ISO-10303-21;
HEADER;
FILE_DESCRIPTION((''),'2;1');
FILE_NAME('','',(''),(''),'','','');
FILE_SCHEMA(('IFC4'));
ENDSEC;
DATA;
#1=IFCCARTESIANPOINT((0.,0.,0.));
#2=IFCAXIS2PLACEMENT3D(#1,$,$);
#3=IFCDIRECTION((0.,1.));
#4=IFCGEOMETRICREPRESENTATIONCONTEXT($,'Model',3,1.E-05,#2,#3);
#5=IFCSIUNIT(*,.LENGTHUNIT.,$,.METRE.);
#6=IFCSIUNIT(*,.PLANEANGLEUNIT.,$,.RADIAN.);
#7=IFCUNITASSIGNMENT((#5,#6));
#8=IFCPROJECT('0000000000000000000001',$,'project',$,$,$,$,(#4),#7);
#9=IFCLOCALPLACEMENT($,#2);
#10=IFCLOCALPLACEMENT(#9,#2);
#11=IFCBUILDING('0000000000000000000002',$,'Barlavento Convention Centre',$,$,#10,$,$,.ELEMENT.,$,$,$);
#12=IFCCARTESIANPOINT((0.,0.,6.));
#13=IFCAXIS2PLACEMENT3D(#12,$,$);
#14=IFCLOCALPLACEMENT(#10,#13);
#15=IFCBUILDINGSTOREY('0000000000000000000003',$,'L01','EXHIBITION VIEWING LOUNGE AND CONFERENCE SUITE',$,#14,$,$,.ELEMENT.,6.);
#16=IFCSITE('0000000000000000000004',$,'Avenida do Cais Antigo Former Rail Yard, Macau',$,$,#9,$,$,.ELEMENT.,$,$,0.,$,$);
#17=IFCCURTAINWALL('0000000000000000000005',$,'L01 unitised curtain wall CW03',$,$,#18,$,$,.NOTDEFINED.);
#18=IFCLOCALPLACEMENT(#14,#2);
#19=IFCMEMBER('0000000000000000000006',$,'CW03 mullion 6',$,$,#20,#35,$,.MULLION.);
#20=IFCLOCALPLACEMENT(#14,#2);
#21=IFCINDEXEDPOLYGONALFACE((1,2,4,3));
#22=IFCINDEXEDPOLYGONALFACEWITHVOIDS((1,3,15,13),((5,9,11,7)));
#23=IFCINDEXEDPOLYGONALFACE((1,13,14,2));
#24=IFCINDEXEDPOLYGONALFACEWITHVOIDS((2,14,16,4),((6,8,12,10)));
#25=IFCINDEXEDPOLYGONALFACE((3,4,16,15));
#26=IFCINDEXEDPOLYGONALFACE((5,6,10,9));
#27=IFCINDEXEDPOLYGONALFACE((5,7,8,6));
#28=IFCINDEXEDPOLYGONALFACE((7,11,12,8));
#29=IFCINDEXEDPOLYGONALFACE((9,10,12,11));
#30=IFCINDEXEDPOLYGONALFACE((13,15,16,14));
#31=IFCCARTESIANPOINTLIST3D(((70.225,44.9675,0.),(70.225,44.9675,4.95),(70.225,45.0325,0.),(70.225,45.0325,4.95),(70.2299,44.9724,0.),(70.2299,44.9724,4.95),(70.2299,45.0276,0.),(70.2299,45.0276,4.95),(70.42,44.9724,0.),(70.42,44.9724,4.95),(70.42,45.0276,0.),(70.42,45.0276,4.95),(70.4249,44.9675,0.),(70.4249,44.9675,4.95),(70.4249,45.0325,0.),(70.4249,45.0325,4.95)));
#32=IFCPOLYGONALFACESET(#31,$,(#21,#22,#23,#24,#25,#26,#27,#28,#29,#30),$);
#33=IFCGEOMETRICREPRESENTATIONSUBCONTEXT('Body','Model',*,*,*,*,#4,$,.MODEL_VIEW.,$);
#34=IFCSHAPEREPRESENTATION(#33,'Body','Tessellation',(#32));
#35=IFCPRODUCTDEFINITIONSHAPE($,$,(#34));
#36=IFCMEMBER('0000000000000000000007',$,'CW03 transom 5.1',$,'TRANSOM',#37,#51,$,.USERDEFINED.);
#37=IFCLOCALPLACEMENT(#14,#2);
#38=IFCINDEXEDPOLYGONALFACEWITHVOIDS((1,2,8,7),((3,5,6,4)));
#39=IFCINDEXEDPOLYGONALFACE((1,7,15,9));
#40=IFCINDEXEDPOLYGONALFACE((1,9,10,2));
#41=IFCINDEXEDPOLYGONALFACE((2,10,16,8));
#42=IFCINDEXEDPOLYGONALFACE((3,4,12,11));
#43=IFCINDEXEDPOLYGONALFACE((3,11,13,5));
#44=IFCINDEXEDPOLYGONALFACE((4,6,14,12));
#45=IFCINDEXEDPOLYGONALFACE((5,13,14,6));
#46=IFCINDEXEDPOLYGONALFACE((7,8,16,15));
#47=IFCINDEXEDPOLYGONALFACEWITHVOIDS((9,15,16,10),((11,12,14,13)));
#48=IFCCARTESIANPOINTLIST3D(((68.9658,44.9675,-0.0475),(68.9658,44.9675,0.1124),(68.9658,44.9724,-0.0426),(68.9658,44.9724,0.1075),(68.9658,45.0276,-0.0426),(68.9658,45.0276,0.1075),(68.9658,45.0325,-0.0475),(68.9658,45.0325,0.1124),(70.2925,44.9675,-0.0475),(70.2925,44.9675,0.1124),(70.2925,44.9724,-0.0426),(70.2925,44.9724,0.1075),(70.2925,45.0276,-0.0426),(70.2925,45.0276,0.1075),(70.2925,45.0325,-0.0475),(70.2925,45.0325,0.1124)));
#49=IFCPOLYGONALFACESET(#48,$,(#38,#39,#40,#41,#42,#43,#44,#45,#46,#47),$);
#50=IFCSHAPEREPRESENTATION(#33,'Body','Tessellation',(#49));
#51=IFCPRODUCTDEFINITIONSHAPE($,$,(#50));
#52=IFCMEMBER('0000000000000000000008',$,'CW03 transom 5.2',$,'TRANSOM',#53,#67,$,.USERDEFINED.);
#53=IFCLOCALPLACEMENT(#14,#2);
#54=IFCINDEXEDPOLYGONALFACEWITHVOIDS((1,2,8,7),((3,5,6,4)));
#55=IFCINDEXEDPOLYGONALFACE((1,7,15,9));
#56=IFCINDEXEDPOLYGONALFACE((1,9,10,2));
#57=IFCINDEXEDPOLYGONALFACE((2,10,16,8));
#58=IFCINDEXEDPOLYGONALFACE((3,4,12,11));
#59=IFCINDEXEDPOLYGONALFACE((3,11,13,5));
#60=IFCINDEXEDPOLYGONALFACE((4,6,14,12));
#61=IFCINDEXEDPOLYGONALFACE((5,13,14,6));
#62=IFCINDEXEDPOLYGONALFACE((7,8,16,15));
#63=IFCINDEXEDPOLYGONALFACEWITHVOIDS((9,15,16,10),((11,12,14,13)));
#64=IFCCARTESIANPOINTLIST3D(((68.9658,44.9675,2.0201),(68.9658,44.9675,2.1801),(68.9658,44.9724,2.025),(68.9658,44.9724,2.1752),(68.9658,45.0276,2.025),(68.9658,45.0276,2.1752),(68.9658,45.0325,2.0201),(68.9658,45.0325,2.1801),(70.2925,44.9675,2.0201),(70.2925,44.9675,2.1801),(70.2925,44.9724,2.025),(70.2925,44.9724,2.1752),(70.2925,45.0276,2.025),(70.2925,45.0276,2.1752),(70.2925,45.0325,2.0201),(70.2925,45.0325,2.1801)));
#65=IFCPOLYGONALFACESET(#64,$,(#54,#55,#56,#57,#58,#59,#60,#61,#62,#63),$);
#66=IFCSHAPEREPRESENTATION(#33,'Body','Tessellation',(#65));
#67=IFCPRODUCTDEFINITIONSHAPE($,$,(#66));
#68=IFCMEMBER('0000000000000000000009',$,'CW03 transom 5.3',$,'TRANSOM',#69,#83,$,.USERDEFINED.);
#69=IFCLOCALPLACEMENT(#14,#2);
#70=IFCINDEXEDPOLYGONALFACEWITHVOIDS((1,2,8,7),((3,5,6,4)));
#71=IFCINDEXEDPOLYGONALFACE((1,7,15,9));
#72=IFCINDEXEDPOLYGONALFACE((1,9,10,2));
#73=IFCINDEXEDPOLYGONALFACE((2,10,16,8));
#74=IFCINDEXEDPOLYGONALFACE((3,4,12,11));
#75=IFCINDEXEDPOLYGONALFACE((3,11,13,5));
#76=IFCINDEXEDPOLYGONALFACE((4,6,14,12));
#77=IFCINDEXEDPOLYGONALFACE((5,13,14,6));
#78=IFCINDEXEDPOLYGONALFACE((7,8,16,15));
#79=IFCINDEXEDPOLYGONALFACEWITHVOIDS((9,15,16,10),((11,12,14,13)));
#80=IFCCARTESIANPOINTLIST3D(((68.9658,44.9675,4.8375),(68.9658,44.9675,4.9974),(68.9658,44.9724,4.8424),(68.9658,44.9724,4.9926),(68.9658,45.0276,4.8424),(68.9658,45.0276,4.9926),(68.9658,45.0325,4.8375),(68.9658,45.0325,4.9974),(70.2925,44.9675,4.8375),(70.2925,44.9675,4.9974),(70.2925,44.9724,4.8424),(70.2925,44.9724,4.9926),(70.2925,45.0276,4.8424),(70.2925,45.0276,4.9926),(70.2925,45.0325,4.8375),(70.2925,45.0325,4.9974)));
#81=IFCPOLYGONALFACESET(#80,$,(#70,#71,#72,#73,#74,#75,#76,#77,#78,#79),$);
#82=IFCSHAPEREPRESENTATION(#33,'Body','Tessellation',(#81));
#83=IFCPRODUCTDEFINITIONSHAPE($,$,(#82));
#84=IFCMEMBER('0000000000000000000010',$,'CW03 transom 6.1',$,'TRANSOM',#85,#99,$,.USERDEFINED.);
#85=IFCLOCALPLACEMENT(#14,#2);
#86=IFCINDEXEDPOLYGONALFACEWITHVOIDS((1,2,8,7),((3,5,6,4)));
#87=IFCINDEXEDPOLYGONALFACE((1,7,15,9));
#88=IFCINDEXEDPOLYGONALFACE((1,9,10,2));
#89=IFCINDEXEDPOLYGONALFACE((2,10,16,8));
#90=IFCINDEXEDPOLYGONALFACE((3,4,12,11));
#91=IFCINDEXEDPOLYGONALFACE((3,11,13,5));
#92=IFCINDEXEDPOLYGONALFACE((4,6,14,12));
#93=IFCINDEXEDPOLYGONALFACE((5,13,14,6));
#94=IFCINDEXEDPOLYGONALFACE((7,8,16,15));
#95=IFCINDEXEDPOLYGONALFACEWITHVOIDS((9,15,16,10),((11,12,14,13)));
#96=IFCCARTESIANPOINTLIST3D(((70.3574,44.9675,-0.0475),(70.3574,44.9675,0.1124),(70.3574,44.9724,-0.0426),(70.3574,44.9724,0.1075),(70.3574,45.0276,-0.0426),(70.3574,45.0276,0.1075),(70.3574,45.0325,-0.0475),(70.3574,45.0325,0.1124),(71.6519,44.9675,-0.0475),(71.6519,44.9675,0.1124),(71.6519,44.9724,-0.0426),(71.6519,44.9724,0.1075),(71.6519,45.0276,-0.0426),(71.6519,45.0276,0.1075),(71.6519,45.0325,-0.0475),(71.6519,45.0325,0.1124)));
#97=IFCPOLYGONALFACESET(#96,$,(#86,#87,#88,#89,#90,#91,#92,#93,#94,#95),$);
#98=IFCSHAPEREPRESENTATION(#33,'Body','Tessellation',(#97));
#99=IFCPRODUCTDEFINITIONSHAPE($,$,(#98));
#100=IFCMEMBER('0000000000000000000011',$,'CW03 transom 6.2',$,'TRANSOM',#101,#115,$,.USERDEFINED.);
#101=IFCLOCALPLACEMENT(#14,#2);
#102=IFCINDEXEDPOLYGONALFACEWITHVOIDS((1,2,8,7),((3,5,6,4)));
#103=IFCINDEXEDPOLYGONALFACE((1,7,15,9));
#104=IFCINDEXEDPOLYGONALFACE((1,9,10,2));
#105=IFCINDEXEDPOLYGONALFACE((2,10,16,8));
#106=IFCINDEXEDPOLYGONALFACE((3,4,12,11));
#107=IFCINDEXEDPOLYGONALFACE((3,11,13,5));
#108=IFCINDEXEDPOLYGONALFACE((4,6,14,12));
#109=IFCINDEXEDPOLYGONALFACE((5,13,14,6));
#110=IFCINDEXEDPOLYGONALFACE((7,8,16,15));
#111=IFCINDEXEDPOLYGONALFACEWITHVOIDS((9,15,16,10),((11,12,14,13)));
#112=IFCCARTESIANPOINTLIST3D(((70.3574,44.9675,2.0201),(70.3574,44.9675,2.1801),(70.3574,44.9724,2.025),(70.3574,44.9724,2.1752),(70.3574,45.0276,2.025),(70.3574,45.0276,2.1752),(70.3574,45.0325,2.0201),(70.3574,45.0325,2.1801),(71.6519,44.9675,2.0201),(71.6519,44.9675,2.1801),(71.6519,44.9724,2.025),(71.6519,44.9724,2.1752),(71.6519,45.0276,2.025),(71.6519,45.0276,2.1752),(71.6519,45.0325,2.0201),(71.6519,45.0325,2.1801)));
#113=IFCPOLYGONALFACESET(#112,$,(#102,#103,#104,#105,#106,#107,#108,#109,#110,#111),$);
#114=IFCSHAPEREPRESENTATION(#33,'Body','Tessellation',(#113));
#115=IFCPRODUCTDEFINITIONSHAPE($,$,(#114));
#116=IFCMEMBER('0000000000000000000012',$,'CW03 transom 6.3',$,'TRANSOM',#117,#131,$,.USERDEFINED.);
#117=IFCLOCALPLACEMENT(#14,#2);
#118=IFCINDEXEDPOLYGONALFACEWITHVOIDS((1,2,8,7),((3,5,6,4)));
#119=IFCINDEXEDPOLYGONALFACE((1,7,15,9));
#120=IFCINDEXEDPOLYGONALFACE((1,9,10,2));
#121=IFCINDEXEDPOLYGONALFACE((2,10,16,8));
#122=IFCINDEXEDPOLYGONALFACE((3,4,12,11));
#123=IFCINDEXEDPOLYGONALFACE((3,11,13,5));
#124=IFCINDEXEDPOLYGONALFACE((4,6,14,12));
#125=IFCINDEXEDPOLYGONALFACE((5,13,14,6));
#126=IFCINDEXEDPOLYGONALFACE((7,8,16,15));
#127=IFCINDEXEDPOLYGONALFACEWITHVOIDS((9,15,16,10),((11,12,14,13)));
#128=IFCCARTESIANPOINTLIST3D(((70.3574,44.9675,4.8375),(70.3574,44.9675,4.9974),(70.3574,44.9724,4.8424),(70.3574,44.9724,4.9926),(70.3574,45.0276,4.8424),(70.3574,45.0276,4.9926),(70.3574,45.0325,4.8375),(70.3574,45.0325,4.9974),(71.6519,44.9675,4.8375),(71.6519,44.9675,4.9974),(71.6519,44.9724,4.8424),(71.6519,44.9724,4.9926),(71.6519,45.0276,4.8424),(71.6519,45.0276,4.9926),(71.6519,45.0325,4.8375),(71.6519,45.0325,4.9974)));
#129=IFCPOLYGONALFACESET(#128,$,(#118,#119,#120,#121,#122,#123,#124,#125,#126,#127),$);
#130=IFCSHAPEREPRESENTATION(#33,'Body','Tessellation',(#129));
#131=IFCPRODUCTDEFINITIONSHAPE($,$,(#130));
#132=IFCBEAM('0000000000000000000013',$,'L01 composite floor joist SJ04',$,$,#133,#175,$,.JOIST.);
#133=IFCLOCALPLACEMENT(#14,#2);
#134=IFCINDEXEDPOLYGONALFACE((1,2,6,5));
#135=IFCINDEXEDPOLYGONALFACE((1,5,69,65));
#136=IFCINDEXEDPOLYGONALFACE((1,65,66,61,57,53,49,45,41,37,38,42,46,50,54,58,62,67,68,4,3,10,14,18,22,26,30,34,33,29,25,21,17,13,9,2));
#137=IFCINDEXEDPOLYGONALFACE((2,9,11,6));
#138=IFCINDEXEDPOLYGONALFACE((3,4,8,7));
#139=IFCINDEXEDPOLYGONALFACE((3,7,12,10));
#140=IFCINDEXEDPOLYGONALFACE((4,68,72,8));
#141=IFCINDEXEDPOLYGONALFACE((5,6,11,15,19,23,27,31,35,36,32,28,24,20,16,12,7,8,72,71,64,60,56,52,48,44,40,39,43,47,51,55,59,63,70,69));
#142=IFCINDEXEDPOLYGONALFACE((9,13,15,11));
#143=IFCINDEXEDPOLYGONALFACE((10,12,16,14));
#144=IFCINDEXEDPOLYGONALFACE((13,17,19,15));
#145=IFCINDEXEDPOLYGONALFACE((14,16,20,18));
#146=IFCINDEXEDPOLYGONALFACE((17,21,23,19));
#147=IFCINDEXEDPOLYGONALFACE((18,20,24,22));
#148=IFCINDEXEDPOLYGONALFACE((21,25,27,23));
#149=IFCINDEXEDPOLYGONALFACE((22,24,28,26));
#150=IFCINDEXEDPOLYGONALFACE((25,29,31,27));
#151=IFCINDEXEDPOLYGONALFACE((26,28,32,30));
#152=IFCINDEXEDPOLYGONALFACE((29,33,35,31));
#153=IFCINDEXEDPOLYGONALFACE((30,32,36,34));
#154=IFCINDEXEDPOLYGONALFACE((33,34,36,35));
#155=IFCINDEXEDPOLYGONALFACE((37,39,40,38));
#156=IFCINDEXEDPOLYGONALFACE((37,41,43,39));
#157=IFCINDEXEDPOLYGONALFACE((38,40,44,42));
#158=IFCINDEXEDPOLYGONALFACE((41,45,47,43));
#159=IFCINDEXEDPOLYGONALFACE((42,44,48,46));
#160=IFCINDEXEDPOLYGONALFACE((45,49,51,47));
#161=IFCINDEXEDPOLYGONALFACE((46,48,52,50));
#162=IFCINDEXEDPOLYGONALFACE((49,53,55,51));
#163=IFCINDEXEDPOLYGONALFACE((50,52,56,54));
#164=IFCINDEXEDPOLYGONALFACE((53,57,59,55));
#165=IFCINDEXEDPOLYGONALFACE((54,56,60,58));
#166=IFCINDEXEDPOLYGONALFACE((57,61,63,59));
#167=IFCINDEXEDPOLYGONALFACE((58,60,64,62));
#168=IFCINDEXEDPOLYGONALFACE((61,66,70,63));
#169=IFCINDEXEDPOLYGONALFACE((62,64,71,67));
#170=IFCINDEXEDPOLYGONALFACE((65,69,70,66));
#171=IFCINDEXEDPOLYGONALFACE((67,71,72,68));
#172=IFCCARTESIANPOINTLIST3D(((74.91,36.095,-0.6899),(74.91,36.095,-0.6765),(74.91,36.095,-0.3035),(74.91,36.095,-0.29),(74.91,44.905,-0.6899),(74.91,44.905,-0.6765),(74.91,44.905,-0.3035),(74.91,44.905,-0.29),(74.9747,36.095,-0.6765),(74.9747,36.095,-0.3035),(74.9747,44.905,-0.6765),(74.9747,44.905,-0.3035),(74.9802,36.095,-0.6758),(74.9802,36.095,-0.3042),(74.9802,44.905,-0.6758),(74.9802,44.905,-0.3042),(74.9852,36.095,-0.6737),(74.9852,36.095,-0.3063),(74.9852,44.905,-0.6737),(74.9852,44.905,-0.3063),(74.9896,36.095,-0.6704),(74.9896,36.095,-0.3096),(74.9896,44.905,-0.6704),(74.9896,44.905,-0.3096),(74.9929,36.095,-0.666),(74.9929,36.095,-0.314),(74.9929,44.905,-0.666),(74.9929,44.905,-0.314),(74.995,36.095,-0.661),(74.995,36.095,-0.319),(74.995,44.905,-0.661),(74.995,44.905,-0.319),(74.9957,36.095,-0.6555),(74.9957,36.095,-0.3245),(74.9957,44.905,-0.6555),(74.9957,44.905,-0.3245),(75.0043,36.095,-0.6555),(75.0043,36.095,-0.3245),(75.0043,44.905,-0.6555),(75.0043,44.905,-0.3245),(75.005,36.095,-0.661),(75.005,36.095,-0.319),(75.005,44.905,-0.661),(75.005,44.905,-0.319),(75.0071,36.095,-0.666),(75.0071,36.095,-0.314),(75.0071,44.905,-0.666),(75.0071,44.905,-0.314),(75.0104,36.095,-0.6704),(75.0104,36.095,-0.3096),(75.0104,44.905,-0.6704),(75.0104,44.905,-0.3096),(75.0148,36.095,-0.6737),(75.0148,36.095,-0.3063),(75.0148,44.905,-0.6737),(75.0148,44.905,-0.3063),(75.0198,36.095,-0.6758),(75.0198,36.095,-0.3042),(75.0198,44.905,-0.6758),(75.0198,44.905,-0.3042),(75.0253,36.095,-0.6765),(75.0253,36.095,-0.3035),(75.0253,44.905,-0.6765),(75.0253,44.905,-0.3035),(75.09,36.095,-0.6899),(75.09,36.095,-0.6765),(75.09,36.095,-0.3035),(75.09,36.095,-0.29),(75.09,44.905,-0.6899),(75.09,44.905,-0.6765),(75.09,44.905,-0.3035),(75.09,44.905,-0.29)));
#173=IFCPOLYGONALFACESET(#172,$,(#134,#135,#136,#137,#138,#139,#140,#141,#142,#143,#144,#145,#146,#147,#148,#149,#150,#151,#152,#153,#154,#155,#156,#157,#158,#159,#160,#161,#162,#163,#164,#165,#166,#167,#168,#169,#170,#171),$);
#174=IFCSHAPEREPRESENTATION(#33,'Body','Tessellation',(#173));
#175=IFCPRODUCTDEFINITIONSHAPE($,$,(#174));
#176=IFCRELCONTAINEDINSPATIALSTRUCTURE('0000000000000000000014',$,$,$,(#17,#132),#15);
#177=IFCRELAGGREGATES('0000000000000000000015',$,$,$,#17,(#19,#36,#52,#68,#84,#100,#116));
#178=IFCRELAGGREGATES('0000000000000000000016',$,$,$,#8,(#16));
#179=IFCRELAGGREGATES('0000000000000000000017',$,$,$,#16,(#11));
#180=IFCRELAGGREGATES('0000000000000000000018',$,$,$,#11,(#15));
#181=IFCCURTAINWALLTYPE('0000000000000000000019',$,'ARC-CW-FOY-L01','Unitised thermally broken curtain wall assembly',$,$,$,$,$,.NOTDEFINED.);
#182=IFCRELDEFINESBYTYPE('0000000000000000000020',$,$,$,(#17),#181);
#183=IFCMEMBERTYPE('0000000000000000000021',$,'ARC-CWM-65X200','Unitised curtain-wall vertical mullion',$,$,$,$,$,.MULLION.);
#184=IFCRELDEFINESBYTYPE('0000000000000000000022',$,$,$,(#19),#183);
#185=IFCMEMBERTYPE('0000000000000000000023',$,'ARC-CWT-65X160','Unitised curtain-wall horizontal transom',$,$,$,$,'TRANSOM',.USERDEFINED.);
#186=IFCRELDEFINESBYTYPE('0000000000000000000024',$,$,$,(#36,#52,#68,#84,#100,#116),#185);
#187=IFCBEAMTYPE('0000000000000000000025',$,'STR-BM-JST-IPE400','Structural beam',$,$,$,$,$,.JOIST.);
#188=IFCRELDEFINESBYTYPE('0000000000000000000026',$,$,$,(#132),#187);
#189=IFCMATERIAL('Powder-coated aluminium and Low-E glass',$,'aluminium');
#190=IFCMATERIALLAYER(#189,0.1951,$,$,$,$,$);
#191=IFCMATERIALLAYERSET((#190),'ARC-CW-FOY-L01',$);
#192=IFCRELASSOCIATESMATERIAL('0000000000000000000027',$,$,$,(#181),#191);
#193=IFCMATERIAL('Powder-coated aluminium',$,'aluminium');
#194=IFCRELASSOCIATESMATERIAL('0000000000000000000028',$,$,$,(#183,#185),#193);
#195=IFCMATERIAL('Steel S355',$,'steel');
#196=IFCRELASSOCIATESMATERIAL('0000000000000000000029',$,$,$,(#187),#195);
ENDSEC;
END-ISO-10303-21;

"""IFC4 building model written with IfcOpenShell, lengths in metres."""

from ifc_helpers import new_model, si_unit, direction, frame, origin, origin_2d, place, context, subcontext, project, spatial, hollow_rectangle, i_section, extrude, material, layer, layer_set, material_profile, profile_set, type_object, element, aggregate, save


model = new_model("IFC4")

# Units and contexts
model_context = context("Model", 3, precision=1e-05, world=origin(), true_north=direction((0.0, 1.0)))
body_context = subcontext(model_context, "Body", "Model", "MODEL_VIEW")
ifc_project = project(units=[si_unit("LENGTHUNIT", "METRE"), si_unit("PLANEANGLEUNIT", "RADIAN")], contexts=[model_context])

# Site, building, storey
site_placement = place(None, origin())
site = spatial("IfcSite", under=ifc_project, at=site_placement, Name="Avenida do Cais Antigo Former Rail Yard, Macau", CompositionType="ELEMENT", RefElevation=0.0)
building_placement = place(site_placement, origin())
building = spatial("IfcBuilding", under=site, at=building_placement, Name="Barlavento Convention Centre", CompositionType="ELEMENT")
storey_placement = place(building_placement, frame((0.0, 0.0, 6.0)))
storey = spatial("IfcBuildingStorey", under=building, at=storey_placement, Name="L01", Description="EXHIBITION VIEWING LOUNGE AND CONFERENCE SUITE", CompositionType="ELEMENT", Elevation=6.0)

# Curtain wall, members
ifc_material_1 = material(Name="Powder-coated aluminium and Low-E glass", Category="aluminium")
ifc_layer_1 = layer(ifc_material_1, 0.1951)
ifc_layer_set_1 = layer_set([ifc_layer_1], Name="ARC-CW-FOY-L01")
curtain_wall_type = type_object("IfcCurtainWallType", Name="ARC-CW-FOY-L01", Description="Unitised thermally broken curtain wall assembly", PredefinedType="NOTDEFINED", material=ifc_layer_set_1)
curtain_wall_placement = place(storey_placement, origin())
curtain_wall = element("IfcCurtainWall", 1, at=curtain_wall_placement, inside=storey, type_object=curtain_wall_type, Name="L01 unitised curtain wall CW03", PredefinedType="NOTDEFINED")
ifc_material_2 = material(Name="Powder-coated aluminium", Category="aluminium")
ifc_material_profile_1 = material_profile(ifc_material_2, hollow_rectangle(XDim=0.0649, YDim=0.2, WallThickness=0.0049, at=origin_2d()), Name="AL-MULL 65x200x5")
ifc_profile_set_1 = profile_set([ifc_material_profile_1], Name="Powder-coated aluminium")
member_type_1 = type_object("IfcMemberType", Name="ARC-CWM-65X200", Description="Unitised curtain-wall vertical mullion", PredefinedType="MULLION", material=ifc_profile_set_1)
member_1_placement = place(storey_placement, frame((70.325, 45.0, 0.0), z_axis=(0.0, 0.0, 1.0), x_axis=(0.0, 1.0, 0.0)))
member_1 = element("IfcMember", 2, at=member_1_placement, type_object=member_type_1, Name="CW03 mullion 6", PredefinedType="MULLION", context=body_context, shape_type="SweptSolid", body=[
    extrude(hollow_rectangle(XDim=0.0649, YDim=0.2, WallThickness=0.0049, at=origin_2d()), origin(), (0.0, 0.0, 1.0), 4.95),
])
ifc_material_profile_2 = material_profile(ifc_material_2, hollow_rectangle(XDim=0.0649, YDim=0.1599, WallThickness=0.0049, at=origin_2d()), Name="AL-TRAN 65x160x5")
ifc_profile_set_2 = profile_set([ifc_material_profile_2], Name="Powder-coated aluminium")
member_type_2 = type_object("IfcMemberType", Name="ARC-CWT-65X160", Description="Unitised curtain-wall horizontal transom", ElementType="TRANSOM", PredefinedType="USERDEFINED", material=ifc_profile_set_2)
member_2_placement = place(storey_placement, frame((68.9658, 45.0, 0.0325), z_axis=(1.0, 0.0, 0.0), x_axis=(0.0, 1.0, 0.0)))
member_2 = element("IfcMember", 3, at=member_2_placement, type_object=member_type_2, Name="CW03 transom 5.1", ObjectType="TRANSOM", PredefinedType="USERDEFINED", context=body_context, shape_type="SweptSolid", body=[
    extrude(hollow_rectangle(XDim=0.0649, YDim=0.1599, WallThickness=0.0049, at=origin_2d()), origin(), (0.0, 0.0, 1.0), 1.3267),
])
member_3_placement = place(storey_placement, frame((68.9658, 45.0, 2.1001), z_axis=(1.0, 0.0, 0.0), x_axis=(0.0, 1.0, 0.0)))
member_3 = element("IfcMember", 4, at=member_3_placement, type_object=member_type_2, Name="CW03 transom 5.2", ObjectType="TRANSOM", PredefinedType="USERDEFINED", context=body_context, shape_type="SweptSolid", body=[
    extrude(hollow_rectangle(XDim=0.0649, YDim=0.1599, WallThickness=0.0049, at=origin_2d()), origin(), (0.0, 0.0, 1.0), 1.3267),
])
member_4_placement = place(storey_placement, frame((68.9658, 45.0, 4.9175), z_axis=(1.0, 0.0, 0.0), x_axis=(0.0, 1.0, 0.0)))
member_4 = element("IfcMember", 5, at=member_4_placement, type_object=member_type_2, Name="CW03 transom 5.3", ObjectType="TRANSOM", PredefinedType="USERDEFINED", context=body_context, shape_type="SweptSolid", body=[
    extrude(hollow_rectangle(XDim=0.0649, YDim=0.1599, WallThickness=0.0049, at=origin_2d()), origin(), (0.0, 0.0, 1.0), 1.3267),
])
member_5_placement = place(storey_placement, frame((70.3574, 45.0, 0.0325), z_axis=(1.0, 0.0, 0.0), x_axis=(0.0, 1.0, 0.0)))
member_5 = element("IfcMember", 6, at=member_5_placement, type_object=member_type_2, Name="CW03 transom 6.1", ObjectType="TRANSOM", PredefinedType="USERDEFINED", context=body_context, shape_type="SweptSolid", body=[
    extrude(hollow_rectangle(XDim=0.0649, YDim=0.1599, WallThickness=0.0049, at=origin_2d()), origin(), (0.0, 0.0, 1.0), 1.2944),
])
member_6_placement = place(storey_placement, frame((70.3574, 45.0, 2.1001), z_axis=(1.0, 0.0, 0.0), x_axis=(0.0, 1.0, 0.0)))
member_6 = element("IfcMember", 7, at=member_6_placement, type_object=member_type_2, Name="CW03 transom 6.2", ObjectType="TRANSOM", PredefinedType="USERDEFINED", context=body_context, shape_type="SweptSolid", body=[
    extrude(hollow_rectangle(XDim=0.0649, YDim=0.1599, WallThickness=0.0049, at=origin_2d()), origin(), (0.0, 0.0, 1.0), 1.2944),
])
member_7_placement = place(storey_placement, frame((70.3574, 45.0, 4.9175), z_axis=(1.0, 0.0, 0.0), x_axis=(0.0, 1.0, 0.0)))
member_7 = element("IfcMember", 8, at=member_7_placement, type_object=member_type_2, Name="CW03 transom 6.3", ObjectType="TRANSOM", PredefinedType="USERDEFINED", context=body_context, shape_type="SweptSolid", body=[
    extrude(hollow_rectangle(XDim=0.0649, YDim=0.1599, WallThickness=0.0049, at=origin_2d()), origin(), (0.0, 0.0, 1.0), 1.2944),
])

# Beam
ifc_material_3 = material(Name="Steel S355", Category="steel")
ifc_material_profile_3 = material_profile(ifc_material_3, i_section(OverallWidth=0.1799, OverallDepth=0.3999, WebThickness=0.0085, FlangeThickness=0.0134, FilletRadius=0.021, at=origin_2d()), Name="IPE 400")
ifc_profile_set_3 = profile_set([ifc_material_profile_3], Name="Steel S355")
beam_type_1 = type_object("IfcBeamType", Name="STR-BM-JST-IPE400", Description="Structural beam", PredefinedType="JOIST", material=ifc_profile_set_3)
beam_1_placement = place(storey_placement, frame((75.0, 36.095, -0.49), z_axis=(0.0, 1.0, 0.0), x_axis=(-1.0, 0.0, 0.0)))
element("IfcBeam", 9, at=beam_1_placement, inside=storey, type_object=beam_type_1, Name="L01 composite floor joist SJ04", PredefinedType="JOIST", context=body_context, shape_type="SweptSolid", body=[
    extrude(i_section(OverallWidth=0.1799, OverallDepth=0.3999, WebThickness=0.0085, FlangeThickness=0.0134, FilletRadius=0.021, at=origin_2d()), origin(), (0.0, 0.0, 1.0), 8.8101),
])

aggregate(curtain_wall, [member_1, member_2, member_3, member_4, member_5, member_6, member_7])

save(model, "model.ifc")
